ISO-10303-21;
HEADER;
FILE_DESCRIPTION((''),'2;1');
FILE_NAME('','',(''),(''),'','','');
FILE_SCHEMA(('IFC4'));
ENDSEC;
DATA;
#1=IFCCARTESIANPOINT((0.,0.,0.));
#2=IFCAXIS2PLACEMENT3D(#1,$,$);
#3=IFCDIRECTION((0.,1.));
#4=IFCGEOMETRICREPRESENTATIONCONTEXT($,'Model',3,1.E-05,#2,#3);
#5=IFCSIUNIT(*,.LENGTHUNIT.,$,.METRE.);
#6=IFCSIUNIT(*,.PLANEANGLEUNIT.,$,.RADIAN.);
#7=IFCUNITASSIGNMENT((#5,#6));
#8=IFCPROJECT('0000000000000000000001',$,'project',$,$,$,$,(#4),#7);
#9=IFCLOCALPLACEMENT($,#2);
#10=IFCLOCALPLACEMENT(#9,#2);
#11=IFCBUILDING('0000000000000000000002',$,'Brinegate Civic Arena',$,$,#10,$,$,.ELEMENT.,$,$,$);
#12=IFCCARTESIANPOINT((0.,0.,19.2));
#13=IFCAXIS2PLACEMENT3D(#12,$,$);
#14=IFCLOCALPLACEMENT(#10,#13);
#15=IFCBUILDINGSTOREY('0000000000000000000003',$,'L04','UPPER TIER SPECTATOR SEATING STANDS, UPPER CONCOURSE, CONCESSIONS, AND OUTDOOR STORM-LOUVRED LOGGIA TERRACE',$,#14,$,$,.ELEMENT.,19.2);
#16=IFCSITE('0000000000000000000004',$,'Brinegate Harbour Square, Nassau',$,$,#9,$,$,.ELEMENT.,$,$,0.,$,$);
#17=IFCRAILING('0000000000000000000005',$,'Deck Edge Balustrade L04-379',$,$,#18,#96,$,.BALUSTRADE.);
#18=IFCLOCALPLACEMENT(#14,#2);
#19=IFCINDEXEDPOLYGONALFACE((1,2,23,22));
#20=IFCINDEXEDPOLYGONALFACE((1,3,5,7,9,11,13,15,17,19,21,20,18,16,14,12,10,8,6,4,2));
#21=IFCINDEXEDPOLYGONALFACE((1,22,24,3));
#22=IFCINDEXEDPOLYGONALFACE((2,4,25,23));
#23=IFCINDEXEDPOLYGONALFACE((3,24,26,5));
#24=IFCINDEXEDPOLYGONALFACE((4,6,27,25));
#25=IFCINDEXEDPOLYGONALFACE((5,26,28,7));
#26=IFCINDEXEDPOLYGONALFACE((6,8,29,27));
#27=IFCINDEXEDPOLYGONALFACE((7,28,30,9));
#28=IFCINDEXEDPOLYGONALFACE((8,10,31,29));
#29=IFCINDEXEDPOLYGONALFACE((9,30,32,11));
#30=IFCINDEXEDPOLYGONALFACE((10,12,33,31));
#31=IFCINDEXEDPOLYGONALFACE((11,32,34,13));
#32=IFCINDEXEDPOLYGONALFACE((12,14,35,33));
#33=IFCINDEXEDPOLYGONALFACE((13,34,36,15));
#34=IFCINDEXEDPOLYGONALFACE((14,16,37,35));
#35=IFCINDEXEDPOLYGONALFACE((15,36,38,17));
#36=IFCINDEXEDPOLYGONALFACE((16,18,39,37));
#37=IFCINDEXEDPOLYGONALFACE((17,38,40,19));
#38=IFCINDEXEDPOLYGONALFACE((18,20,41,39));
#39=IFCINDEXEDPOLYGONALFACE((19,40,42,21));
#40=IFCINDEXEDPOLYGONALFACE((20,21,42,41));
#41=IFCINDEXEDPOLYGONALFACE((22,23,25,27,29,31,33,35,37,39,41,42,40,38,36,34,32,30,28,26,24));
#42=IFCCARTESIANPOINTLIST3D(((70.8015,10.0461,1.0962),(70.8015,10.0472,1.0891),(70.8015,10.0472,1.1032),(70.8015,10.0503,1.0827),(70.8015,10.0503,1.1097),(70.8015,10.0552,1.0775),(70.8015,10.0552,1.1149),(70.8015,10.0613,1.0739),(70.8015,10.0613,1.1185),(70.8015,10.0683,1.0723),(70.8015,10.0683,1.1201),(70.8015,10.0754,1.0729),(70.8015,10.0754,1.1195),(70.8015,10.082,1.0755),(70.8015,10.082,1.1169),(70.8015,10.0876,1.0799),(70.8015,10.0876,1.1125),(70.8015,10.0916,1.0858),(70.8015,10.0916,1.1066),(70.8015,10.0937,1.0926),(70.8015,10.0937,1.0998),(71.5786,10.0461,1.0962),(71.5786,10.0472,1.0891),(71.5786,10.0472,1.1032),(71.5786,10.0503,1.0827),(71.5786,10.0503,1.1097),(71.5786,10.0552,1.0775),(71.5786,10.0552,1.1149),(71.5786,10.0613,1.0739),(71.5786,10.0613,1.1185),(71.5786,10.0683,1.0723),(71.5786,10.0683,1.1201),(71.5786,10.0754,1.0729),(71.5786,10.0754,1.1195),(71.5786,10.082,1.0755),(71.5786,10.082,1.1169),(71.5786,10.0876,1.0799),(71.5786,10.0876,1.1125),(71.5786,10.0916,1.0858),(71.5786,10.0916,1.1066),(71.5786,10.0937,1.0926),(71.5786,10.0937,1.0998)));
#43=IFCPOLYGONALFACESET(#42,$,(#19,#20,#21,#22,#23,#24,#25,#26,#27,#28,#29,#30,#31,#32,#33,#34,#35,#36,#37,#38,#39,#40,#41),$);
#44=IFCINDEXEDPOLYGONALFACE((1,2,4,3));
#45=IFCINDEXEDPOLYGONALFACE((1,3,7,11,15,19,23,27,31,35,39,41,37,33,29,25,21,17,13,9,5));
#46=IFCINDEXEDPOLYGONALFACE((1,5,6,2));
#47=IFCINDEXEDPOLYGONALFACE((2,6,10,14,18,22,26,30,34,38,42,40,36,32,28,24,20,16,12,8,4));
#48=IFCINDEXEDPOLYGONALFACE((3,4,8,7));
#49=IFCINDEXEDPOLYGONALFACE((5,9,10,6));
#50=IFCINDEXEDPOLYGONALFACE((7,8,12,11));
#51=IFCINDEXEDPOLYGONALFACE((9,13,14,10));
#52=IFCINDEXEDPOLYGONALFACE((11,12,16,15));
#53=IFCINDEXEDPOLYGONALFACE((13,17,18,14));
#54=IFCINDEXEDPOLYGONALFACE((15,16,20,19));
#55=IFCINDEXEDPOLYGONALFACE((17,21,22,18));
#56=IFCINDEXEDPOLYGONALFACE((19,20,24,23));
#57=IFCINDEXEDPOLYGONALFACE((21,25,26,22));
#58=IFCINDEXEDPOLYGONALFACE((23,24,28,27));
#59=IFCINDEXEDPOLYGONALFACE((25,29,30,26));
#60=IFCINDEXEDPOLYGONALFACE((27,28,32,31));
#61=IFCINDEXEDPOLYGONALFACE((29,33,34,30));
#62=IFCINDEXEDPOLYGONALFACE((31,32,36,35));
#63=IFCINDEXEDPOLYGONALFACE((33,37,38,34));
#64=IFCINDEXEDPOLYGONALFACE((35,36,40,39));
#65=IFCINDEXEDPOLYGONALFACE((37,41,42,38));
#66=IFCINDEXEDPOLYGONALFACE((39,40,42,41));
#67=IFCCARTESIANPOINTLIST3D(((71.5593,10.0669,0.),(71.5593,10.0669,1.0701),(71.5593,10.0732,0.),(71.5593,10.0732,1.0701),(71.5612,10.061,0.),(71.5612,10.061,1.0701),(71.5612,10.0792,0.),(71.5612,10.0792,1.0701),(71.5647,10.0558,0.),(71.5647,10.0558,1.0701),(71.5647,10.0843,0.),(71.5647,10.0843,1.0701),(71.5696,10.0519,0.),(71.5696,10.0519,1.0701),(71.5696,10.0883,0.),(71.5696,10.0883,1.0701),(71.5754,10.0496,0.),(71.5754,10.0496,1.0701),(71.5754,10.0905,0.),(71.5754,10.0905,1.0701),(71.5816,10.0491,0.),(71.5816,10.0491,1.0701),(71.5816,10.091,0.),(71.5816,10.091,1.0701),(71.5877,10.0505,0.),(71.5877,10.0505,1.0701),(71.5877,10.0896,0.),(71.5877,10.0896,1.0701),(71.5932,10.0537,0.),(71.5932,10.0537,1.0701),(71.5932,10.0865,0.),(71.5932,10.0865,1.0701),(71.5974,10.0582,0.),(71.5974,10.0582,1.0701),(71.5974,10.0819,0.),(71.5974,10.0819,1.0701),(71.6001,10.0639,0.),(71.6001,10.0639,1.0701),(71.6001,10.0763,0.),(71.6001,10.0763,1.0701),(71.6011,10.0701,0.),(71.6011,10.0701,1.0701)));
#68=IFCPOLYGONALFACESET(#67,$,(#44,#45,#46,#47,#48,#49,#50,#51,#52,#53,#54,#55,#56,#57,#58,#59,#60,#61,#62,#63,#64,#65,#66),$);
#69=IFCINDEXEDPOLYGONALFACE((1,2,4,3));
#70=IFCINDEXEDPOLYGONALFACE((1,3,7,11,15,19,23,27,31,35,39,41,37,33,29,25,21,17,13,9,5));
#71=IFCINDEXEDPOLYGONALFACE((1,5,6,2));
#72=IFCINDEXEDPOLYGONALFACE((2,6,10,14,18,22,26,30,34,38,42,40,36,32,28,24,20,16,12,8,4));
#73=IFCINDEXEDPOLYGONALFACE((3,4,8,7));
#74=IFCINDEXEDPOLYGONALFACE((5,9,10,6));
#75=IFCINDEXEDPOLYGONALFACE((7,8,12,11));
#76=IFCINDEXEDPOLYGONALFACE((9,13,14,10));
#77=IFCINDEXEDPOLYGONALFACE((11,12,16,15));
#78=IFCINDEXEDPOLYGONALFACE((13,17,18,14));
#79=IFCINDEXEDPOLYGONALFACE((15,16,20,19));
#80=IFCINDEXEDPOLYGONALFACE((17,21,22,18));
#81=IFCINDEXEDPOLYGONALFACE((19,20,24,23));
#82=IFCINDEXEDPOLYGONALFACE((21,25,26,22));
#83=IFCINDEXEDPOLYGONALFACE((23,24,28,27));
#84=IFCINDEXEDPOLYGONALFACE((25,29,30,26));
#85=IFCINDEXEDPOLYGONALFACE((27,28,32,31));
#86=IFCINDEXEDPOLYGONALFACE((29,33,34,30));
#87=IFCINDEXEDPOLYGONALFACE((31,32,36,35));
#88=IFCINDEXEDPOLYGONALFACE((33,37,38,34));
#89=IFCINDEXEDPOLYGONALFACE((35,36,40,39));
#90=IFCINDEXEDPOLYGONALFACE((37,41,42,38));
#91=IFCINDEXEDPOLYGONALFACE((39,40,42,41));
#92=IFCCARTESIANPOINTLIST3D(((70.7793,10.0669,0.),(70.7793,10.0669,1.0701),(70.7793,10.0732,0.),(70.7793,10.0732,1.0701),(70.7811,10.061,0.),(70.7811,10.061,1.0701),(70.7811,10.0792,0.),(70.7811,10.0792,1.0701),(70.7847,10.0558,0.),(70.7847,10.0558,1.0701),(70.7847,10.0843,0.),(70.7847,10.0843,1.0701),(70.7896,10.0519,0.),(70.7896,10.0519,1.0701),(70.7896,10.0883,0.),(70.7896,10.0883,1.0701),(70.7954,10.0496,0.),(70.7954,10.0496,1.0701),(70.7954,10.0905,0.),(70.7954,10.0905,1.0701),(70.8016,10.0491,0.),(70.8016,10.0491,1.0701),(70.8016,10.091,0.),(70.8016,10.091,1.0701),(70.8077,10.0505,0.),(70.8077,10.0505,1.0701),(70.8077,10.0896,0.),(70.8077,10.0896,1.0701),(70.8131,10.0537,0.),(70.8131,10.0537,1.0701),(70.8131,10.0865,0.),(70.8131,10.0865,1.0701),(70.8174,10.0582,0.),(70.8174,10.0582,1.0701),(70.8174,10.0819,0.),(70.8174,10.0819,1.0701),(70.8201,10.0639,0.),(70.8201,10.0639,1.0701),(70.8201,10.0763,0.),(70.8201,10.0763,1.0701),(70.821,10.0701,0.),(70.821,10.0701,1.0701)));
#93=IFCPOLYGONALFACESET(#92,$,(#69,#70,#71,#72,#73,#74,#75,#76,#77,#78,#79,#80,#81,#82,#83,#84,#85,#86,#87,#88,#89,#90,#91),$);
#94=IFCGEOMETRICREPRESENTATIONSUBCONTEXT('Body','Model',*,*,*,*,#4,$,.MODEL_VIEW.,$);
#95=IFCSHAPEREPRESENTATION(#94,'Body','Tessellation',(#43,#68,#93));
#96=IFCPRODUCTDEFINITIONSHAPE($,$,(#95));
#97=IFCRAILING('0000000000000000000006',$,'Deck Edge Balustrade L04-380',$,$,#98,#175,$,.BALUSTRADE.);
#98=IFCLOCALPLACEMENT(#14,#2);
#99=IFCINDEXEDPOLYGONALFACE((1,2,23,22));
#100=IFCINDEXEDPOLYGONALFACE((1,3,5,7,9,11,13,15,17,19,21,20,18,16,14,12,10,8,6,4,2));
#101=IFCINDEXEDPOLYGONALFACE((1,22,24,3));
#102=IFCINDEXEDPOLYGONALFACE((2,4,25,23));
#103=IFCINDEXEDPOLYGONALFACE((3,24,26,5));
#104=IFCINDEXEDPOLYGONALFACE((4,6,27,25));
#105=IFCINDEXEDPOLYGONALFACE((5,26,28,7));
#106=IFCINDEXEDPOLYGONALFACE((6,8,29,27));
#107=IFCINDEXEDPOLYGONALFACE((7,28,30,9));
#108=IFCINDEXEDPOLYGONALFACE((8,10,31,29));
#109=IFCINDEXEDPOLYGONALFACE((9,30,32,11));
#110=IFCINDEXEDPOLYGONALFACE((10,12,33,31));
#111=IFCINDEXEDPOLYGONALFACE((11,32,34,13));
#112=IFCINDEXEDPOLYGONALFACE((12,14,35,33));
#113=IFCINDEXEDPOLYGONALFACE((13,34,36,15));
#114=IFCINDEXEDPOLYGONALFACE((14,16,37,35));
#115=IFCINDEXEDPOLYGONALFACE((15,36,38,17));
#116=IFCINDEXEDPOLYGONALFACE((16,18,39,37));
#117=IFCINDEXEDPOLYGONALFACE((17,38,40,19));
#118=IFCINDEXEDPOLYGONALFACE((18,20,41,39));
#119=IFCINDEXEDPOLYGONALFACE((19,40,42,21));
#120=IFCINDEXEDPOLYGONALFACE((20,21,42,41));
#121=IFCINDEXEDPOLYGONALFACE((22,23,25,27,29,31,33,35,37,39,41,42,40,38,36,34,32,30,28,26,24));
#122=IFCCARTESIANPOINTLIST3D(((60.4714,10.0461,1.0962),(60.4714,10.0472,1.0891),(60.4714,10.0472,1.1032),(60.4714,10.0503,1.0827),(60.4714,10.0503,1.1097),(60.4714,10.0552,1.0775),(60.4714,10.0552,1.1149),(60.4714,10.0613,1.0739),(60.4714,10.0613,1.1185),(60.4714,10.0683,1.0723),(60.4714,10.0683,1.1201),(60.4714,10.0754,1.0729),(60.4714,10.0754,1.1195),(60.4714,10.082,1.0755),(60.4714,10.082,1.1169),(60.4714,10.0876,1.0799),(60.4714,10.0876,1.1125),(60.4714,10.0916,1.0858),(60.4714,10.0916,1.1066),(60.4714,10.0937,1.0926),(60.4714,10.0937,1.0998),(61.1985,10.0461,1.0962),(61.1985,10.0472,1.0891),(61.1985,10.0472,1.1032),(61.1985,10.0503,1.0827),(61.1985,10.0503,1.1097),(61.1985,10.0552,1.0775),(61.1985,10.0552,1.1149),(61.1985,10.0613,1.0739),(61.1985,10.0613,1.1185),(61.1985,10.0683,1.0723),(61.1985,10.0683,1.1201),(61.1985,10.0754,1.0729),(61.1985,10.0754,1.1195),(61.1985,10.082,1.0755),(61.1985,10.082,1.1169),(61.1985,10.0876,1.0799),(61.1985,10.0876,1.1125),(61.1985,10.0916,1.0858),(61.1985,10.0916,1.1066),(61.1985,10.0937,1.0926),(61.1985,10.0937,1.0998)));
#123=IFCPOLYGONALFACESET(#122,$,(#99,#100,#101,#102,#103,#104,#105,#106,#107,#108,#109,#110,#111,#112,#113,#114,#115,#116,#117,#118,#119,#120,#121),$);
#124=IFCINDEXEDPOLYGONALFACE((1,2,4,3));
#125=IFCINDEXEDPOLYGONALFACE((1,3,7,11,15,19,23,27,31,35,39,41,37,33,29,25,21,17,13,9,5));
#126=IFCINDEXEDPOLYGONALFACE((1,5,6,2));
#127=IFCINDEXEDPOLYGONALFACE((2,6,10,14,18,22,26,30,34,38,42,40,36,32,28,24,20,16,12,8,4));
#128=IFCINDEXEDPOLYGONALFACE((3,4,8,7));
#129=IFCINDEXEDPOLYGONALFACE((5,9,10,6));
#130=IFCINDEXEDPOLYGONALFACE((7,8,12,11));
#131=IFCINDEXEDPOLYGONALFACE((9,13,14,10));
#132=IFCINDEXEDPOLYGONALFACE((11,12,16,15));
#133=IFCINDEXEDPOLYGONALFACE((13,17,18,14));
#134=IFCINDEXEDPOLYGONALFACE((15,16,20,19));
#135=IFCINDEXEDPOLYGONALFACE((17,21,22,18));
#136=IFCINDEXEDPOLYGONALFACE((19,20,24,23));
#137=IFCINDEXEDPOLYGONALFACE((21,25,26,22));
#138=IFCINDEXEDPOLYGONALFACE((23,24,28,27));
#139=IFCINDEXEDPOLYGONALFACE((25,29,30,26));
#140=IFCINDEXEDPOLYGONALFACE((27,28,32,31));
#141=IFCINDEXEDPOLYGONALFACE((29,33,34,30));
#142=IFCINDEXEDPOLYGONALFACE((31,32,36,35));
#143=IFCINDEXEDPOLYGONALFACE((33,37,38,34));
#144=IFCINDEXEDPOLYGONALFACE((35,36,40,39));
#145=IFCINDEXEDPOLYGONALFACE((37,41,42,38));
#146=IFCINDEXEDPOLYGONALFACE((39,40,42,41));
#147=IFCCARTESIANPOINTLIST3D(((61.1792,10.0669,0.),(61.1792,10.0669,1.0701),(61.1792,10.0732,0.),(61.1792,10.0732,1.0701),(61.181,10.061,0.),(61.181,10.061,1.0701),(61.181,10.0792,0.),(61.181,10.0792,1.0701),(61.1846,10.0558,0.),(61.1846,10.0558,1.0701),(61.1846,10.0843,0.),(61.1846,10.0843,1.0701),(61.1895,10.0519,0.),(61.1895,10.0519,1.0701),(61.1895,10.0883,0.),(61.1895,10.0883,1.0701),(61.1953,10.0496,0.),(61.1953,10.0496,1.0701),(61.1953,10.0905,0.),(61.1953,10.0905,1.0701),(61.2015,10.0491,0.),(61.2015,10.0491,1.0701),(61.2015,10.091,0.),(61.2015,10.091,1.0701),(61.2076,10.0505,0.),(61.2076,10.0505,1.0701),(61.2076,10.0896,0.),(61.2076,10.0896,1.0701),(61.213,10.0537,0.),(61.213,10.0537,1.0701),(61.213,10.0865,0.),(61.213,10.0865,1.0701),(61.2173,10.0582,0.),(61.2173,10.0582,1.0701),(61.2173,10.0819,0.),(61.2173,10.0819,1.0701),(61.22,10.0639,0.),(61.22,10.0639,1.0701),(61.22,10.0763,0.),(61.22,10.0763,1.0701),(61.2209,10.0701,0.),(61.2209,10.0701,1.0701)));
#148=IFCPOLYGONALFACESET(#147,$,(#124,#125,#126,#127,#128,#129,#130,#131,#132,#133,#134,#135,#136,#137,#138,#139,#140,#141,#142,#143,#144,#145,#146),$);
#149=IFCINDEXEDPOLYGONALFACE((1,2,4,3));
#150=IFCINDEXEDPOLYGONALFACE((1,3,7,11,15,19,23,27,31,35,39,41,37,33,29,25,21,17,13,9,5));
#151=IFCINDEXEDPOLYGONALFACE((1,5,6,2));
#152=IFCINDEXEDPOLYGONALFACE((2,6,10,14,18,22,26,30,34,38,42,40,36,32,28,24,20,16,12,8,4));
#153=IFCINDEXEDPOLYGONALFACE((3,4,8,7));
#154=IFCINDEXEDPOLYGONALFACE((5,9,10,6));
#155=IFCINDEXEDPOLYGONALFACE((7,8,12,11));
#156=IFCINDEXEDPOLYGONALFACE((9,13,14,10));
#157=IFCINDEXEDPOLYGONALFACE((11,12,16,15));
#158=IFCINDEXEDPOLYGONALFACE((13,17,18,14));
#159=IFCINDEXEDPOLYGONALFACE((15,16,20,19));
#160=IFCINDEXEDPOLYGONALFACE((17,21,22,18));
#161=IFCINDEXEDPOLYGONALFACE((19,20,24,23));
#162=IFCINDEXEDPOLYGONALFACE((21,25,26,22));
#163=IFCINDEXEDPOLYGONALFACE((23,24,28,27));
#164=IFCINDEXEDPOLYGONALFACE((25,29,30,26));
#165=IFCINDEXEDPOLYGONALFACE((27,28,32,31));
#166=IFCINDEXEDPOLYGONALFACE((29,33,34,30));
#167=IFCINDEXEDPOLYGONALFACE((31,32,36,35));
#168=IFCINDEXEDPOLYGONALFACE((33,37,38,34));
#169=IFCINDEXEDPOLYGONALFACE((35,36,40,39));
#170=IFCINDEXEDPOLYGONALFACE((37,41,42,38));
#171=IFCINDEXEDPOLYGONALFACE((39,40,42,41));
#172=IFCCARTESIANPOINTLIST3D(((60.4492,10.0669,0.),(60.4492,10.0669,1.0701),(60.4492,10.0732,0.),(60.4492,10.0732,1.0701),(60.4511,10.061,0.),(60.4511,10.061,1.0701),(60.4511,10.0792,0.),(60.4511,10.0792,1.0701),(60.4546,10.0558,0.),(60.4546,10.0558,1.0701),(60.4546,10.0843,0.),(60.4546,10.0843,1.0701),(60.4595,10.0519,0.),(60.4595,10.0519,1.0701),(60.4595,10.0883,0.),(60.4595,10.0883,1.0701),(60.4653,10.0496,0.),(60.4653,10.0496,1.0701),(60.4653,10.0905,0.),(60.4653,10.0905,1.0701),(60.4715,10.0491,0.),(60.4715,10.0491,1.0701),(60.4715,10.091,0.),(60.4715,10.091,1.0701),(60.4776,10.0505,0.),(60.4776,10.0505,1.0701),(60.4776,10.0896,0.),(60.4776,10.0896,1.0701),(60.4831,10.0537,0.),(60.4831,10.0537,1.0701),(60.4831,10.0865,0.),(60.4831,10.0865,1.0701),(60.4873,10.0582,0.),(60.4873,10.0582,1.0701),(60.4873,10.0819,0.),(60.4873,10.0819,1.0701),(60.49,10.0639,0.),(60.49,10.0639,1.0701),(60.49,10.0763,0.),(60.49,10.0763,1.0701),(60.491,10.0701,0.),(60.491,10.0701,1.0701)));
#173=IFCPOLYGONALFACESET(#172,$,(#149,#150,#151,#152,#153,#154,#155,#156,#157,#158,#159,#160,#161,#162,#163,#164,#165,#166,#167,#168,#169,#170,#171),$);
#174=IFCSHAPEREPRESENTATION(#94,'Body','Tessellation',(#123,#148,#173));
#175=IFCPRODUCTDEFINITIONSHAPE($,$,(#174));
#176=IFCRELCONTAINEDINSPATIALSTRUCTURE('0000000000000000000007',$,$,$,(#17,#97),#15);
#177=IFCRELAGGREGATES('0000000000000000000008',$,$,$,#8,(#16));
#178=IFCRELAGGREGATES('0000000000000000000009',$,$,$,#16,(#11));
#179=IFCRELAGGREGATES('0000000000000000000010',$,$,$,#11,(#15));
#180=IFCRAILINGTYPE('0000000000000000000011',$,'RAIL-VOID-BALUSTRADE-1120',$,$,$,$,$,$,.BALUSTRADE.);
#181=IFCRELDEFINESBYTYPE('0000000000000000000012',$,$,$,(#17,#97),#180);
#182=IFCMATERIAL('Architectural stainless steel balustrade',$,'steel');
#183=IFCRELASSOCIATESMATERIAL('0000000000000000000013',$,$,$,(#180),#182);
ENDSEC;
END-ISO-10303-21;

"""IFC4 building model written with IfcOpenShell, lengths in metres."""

from ifc_helpers import new_model, si_unit, direction, frame, origin, origin_2d, place, context, subcontext, project, spatial, circle, extrude, material, type_object, element, save


model = new_model("IFC4")

# Units and contexts
model_context = context("Model", 3, precision=1e-05, world=origin(), true_north=direction((0.0, 1.0)))
body_context = subcontext(model_context, "Body", "Model", "MODEL_VIEW")
ifc_project = project(units=[si_unit("LENGTHUNIT", "METRE"), si_unit("PLANEANGLEUNIT", "RADIAN")], contexts=[model_context])

# Site, building, storey
site_placement = place(None, origin())
site = spatial("IfcSite", under=ifc_project, at=site_placement, Name="Brinegate Harbour Square, Nassau", CompositionType="ELEMENT", RefElevation=0.0)
building_placement = place(site_placement, origin())
building = spatial("IfcBuilding", under=site, at=building_placement, Name="Brinegate Civic Arena", CompositionType="ELEMENT")
storey_placement = place(building_placement, frame((0.0, 0.0, 19.2)))
storey = spatial("IfcBuildingStorey", under=building, at=storey_placement, Name="L04", Description="UPPER TIER SPECTATOR SEATING STANDS, UPPER CONCOURSE, CONCESSIONS, AND OUTDOOR STORM-LOUVRED LOGGIA TERRACE", CompositionType="ELEMENT", Elevation=19.2)

# Railings
ifc_material_1 = material(Name="Architectural stainless steel balustrade", Category="steel")
railing_type_1 = type_object("IfcRailingType", Name="RAIL-VOID-BALUSTRADE-1120", PredefinedType="BALUSTRADE", material=ifc_material_1)
for number, where, name in (
    (1, (71.5801, 10.0701, 0.0), "Deck Edge Balustrade L04-379"),
):
    element("IfcRailing", number, at=place(storey_placement, frame(where)), inside=storey, type_object=railing_type_1, Name=name, PredefinedType="BALUSTRADE", context=body_context, shape_type="SweptSolid", body=[
        extrude(circle(Radius=0.0239, at=origin_2d()), frame((-0.0015, 0.0, 1.0962), z_axis=(-1.0, 0.0, 0.0), x_axis=(0.0, -1.0, 0.0)), (0.0, 0.0, 1.0), 0.7771),
        extrude(circle(Radius=0.021, at=origin_2d()), origin(), (0.0, 0.0, 1.0), 1.0701),
        extrude(circle(Radius=0.021, at=origin_2d()), frame((-0.78, 0.0, 0.0)), (0.0, 0.0, 1.0), 1.0701),
    ])
railing_1_placement = place(storey_placement, frame((61.2, 10.0701, 0.0)))
element("IfcRailing", 2, at=railing_1_placement, inside=storey, type_object=railing_type_1, Name="Deck Edge Balustrade L04-380", PredefinedType="BALUSTRADE", context=body_context, shape_type="SweptSolid", body=[
    extrude(circle(Radius=0.0239, at=origin_2d()), frame((-0.0015, 0.0, 1.0962), z_axis=(-1.0, 0.0, 0.0), x_axis=(0.0, -1.0, 0.0)), (0.0, 0.0, 1.0), 0.7271),
    extrude(circle(Radius=0.021, at=origin_2d()), origin(), (0.0, 0.0, 1.0), 1.0701),
    extrude(circle(Radius=0.021, at=origin_2d()), frame((-0.73, 0.0, 0.0)), (0.0, 0.0, 1.0), 1.0701),
])

save(model, "model.ifc")
